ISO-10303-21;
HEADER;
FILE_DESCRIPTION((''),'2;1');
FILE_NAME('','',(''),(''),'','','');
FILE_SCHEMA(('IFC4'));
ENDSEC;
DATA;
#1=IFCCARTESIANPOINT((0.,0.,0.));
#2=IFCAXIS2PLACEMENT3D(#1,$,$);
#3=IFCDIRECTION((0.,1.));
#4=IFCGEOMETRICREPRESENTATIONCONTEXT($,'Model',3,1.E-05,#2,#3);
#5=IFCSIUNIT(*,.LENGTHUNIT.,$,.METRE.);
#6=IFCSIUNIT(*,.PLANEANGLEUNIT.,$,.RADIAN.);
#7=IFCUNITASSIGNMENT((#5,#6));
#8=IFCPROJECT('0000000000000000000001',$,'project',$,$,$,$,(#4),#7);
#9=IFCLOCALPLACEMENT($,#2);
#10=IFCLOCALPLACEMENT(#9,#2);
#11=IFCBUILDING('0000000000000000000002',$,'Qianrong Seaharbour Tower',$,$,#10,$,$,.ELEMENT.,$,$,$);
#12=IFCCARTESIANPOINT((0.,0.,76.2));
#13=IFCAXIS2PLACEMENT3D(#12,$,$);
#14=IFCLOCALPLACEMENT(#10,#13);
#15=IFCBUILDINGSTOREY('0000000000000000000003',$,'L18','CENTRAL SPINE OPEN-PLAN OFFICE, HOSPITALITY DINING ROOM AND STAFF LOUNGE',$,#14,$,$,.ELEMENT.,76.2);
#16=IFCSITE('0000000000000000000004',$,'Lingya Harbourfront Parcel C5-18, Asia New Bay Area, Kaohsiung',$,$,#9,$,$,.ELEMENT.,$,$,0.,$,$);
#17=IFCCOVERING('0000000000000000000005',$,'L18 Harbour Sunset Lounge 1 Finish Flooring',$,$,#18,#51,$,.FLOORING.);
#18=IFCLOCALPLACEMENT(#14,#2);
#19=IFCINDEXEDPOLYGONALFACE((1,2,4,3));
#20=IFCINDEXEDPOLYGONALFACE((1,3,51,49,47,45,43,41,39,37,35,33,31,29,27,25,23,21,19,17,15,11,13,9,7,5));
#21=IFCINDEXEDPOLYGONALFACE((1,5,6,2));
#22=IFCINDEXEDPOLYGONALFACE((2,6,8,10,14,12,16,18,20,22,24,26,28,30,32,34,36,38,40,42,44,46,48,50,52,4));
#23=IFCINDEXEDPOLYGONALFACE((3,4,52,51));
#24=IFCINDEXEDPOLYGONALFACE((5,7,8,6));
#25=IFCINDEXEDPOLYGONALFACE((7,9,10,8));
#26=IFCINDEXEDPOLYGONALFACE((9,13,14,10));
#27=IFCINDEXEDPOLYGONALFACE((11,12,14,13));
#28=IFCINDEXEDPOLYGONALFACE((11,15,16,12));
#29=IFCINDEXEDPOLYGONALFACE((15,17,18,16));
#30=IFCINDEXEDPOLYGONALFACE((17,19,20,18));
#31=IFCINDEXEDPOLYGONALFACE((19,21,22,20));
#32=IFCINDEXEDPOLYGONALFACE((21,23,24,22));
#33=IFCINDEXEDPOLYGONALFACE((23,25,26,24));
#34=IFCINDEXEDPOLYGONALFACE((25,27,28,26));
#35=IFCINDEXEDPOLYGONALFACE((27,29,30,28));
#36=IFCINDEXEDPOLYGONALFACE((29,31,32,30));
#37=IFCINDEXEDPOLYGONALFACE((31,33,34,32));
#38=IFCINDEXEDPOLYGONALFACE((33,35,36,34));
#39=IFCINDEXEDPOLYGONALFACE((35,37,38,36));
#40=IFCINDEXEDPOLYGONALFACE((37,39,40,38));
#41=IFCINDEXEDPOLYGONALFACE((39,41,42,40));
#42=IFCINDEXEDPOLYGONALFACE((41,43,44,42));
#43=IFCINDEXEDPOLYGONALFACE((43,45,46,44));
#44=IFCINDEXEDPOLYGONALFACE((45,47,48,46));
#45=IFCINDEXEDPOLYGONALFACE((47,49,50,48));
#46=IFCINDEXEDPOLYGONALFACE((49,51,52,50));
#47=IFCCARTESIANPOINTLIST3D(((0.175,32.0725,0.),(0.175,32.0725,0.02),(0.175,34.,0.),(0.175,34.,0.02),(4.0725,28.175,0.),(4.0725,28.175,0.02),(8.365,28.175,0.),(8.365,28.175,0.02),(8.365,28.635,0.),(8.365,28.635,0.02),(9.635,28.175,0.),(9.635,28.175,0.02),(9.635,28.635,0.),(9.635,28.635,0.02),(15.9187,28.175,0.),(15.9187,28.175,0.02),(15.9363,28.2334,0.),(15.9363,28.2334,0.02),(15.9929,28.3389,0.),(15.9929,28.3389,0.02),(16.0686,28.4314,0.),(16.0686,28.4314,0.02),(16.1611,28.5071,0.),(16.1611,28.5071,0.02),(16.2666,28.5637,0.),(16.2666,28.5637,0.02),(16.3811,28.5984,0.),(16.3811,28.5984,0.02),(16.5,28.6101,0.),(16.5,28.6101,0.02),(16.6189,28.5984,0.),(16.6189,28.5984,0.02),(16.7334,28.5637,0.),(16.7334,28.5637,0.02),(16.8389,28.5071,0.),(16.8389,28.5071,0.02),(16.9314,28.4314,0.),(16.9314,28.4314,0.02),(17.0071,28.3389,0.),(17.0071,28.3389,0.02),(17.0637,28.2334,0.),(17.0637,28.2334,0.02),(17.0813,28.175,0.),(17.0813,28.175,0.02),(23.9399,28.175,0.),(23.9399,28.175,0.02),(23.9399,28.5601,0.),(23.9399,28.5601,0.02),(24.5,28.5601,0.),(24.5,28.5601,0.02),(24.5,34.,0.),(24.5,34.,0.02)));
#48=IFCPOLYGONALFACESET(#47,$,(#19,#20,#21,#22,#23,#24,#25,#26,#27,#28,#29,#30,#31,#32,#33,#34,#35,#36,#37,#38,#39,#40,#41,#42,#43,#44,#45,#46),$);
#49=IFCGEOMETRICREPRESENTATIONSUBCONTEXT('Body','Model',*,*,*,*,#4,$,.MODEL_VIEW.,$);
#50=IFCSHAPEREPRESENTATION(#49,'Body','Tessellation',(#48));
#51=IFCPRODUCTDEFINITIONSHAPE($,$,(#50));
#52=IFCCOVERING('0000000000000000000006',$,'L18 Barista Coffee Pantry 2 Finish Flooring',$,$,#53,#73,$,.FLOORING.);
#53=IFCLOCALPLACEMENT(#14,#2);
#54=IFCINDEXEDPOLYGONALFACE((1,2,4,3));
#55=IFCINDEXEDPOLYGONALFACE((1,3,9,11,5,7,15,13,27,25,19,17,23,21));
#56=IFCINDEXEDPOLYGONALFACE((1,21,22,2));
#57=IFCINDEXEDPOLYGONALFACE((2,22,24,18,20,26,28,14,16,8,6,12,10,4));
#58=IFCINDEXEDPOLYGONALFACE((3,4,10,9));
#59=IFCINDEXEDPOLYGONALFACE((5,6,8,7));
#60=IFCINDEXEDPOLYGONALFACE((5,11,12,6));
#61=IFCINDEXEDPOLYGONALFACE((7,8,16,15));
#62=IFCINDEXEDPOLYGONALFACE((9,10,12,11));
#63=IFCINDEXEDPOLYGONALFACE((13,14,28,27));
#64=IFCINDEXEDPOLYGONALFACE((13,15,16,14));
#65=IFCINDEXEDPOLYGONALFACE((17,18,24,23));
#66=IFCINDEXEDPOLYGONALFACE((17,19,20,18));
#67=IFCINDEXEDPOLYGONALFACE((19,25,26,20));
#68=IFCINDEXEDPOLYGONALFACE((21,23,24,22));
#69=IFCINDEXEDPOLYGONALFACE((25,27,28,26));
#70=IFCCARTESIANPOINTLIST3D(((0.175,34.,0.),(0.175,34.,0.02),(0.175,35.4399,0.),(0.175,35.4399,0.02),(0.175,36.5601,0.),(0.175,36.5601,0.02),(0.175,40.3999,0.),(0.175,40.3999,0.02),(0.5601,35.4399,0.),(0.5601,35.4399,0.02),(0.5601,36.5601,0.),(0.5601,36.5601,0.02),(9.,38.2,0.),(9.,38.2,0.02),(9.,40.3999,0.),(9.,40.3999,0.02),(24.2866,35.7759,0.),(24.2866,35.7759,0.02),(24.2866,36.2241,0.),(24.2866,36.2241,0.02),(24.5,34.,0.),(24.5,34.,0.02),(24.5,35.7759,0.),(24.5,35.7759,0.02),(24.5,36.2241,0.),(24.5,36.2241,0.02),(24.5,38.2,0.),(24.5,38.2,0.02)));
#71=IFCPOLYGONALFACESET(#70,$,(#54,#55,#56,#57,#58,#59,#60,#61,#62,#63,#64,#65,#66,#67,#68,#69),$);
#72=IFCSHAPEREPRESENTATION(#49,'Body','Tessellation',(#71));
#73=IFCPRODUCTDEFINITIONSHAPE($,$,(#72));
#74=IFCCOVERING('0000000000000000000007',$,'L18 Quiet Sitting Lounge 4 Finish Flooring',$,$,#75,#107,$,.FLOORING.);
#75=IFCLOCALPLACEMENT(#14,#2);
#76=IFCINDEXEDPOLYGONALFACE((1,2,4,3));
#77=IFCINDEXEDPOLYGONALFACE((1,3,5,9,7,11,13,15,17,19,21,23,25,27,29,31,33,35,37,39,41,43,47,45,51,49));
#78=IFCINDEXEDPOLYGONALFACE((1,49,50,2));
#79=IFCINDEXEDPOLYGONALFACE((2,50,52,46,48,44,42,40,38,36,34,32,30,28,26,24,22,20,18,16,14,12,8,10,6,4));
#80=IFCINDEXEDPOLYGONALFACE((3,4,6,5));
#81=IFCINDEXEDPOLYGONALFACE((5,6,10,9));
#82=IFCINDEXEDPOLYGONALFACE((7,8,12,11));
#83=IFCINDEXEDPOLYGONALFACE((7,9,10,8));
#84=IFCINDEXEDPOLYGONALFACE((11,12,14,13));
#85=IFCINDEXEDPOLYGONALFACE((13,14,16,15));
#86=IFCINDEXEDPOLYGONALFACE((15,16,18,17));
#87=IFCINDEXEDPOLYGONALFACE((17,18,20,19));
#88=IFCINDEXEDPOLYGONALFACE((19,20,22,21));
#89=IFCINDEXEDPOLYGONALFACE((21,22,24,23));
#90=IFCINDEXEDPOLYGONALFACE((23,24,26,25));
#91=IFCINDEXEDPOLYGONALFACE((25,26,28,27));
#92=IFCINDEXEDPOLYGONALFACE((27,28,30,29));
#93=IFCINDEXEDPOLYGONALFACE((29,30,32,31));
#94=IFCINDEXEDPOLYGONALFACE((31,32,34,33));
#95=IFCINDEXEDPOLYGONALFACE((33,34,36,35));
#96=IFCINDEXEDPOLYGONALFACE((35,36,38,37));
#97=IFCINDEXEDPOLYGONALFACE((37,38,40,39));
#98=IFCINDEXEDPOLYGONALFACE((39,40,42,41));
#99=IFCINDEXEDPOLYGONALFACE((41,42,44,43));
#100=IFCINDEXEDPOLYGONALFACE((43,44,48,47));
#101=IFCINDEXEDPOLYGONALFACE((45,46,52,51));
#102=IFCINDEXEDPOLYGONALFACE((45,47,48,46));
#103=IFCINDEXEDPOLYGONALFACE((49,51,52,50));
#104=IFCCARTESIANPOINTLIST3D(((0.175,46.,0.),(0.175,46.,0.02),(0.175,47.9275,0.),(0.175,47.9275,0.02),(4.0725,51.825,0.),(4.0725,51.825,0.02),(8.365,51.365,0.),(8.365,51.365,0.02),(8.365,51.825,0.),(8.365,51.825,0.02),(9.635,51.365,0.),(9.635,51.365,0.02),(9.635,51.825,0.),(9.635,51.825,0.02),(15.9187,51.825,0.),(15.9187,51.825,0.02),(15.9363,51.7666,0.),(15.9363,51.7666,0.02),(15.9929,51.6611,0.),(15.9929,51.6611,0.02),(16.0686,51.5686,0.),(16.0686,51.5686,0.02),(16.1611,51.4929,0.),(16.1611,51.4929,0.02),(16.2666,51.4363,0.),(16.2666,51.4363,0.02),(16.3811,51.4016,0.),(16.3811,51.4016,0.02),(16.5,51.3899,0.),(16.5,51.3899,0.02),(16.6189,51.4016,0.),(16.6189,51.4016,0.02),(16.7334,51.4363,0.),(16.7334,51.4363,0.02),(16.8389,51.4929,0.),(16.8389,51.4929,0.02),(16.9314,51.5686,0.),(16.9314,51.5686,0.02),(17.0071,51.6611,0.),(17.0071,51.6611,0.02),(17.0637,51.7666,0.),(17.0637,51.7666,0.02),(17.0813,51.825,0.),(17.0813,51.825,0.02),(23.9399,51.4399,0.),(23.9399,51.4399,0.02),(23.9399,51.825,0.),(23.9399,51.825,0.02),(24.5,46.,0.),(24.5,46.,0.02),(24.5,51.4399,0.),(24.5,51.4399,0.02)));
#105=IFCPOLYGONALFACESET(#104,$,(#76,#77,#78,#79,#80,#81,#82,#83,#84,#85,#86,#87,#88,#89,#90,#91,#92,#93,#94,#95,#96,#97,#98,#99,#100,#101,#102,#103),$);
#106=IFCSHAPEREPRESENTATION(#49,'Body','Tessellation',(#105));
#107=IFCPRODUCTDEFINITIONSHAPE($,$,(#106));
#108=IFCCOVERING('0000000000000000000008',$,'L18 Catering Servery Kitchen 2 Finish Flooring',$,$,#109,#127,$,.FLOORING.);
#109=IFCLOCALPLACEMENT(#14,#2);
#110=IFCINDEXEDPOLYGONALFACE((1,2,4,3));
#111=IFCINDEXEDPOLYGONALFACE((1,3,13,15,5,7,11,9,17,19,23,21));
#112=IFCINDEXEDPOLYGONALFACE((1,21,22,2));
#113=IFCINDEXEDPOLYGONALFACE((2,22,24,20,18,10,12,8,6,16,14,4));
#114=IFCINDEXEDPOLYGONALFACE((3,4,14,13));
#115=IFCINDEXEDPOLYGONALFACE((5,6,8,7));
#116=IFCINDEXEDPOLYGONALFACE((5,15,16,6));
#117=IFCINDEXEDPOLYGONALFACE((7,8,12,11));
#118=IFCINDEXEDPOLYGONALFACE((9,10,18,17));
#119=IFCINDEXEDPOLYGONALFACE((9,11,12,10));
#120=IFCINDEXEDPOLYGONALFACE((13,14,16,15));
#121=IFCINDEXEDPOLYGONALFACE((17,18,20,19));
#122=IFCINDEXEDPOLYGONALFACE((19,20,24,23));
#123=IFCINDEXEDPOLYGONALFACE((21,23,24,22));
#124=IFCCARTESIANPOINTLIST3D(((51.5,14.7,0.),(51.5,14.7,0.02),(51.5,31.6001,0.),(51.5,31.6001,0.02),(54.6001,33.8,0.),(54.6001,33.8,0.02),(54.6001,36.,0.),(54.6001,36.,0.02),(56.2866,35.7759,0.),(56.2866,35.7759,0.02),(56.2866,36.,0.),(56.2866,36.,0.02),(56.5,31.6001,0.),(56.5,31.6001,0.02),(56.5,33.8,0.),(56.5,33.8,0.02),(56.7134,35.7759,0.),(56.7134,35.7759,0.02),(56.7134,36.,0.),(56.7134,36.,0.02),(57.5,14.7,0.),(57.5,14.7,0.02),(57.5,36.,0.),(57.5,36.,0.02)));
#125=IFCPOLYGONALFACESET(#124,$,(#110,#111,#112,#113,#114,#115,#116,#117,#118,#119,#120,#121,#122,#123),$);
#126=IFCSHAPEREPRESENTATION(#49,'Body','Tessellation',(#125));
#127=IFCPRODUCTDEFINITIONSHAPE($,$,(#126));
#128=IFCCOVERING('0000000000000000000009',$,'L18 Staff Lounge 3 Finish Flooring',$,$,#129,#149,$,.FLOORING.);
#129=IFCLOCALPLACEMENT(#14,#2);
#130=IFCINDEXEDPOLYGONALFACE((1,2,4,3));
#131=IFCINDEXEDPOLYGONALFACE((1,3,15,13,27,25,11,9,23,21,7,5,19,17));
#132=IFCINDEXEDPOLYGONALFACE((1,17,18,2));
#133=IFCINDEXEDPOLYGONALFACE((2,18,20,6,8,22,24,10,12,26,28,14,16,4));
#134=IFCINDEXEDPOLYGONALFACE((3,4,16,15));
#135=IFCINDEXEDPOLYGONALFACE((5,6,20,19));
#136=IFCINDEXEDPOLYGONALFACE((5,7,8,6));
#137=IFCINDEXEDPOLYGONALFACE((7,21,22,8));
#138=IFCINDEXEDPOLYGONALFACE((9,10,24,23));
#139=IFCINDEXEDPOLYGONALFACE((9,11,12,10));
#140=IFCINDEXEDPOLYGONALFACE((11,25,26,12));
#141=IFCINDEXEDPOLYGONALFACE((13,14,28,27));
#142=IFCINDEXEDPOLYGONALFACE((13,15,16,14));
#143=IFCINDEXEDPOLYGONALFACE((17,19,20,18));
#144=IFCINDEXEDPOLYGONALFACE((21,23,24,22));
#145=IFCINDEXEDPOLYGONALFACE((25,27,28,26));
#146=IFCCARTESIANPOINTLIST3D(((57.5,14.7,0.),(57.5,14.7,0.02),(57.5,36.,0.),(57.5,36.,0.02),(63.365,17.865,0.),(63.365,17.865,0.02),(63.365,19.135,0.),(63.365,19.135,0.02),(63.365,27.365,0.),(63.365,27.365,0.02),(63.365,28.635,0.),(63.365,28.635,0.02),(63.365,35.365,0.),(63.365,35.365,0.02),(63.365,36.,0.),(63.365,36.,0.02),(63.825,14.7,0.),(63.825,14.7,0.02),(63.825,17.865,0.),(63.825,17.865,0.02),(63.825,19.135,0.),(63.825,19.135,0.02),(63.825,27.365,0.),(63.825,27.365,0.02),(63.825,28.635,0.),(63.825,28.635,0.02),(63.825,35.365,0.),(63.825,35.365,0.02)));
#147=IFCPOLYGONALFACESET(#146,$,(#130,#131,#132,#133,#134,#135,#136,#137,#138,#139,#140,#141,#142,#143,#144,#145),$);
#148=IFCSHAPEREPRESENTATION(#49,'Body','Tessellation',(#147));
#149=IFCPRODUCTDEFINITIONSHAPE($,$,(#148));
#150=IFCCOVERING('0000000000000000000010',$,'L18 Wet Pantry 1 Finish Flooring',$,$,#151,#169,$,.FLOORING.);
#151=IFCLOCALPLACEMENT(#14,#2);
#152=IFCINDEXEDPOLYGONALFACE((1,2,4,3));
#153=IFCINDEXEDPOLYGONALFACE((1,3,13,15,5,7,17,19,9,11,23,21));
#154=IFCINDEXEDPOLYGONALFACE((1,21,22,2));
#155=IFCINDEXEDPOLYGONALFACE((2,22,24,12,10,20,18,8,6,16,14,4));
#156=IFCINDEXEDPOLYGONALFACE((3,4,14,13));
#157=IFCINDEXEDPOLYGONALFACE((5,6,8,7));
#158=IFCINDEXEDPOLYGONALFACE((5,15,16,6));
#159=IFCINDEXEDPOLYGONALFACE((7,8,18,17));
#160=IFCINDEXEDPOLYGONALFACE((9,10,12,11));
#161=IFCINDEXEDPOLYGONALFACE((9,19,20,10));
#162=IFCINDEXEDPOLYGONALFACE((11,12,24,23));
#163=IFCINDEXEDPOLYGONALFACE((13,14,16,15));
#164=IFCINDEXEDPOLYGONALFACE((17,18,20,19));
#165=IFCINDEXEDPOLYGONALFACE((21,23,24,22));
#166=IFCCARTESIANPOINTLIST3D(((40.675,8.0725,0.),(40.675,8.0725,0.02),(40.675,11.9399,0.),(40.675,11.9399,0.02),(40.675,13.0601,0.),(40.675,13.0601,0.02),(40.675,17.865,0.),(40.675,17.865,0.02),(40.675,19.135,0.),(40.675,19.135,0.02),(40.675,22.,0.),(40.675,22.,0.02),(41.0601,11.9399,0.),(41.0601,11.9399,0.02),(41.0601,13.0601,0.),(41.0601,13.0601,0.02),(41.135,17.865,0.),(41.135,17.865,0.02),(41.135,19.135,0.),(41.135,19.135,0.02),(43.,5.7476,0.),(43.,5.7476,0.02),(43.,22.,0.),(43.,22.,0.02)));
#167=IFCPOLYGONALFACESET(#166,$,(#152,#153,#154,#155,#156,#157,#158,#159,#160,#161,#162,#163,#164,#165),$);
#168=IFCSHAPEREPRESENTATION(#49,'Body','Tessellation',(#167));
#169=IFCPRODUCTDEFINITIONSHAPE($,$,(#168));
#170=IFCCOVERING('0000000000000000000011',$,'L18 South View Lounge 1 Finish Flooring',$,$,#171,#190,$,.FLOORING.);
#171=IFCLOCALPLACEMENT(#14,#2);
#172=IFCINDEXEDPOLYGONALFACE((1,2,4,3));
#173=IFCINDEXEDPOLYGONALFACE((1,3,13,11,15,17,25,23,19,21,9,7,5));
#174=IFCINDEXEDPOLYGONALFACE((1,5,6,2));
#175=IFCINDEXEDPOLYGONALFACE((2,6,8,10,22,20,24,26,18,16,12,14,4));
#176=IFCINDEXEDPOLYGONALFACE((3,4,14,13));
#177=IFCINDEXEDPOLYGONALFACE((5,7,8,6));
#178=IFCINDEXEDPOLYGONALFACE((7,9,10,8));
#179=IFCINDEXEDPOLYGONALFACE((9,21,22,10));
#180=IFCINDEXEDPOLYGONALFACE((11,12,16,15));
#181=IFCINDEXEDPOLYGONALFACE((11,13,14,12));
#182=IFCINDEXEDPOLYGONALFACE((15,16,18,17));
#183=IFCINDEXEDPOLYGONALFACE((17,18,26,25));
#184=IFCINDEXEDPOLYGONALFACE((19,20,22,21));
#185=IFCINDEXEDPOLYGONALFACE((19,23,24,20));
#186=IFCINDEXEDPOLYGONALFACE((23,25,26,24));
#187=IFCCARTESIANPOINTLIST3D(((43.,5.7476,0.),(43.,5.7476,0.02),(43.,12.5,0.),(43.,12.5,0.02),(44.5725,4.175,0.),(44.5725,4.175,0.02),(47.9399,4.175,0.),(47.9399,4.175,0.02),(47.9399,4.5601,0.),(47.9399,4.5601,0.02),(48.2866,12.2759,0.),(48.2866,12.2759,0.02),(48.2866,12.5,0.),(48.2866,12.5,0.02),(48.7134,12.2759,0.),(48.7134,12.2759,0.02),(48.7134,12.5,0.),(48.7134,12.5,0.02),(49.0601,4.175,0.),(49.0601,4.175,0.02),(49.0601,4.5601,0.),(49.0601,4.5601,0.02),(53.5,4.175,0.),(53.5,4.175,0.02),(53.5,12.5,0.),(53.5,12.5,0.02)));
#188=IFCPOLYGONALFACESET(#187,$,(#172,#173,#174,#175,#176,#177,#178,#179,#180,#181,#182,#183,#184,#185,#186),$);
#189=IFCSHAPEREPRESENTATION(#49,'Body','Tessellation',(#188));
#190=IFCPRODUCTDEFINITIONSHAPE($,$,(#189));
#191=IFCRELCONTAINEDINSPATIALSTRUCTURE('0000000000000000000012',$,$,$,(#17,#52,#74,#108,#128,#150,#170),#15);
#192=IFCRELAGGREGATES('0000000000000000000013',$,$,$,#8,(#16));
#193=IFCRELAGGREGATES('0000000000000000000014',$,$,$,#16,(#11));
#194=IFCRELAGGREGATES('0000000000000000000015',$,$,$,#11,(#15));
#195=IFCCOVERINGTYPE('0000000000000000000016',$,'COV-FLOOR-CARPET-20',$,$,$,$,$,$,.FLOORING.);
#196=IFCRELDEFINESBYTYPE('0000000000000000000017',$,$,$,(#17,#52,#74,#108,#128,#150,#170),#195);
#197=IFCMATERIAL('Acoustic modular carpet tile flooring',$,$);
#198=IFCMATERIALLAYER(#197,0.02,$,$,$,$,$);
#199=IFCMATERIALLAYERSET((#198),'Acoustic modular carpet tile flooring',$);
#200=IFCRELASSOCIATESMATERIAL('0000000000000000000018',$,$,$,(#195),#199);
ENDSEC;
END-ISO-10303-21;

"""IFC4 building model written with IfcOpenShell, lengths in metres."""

from ifc_helpers import new_model, si_unit, direction, frame, origin, place, context, subcontext, project, spatial, polyline, outline, extrude, material, layer, layer_set, type_object, element, save


model = new_model("IFC4")

# Units and contexts
model_context = context("Model", 3, precision=1e-05, world=origin(), true_north=direction((0.0, 1.0)))
body_context = subcontext(model_context, "Body", "Model", "MODEL_VIEW")
ifc_project = project(units=[si_unit("LENGTHUNIT", "METRE"), si_unit("PLANEANGLEUNIT", "RADIAN")], contexts=[model_context])

# Site, building, storey
site_placement = place(None, origin())
site = spatial("IfcSite", under=ifc_project, at=site_placement, Name="Lingya Harbourfront Parcel C5-18, Asia New Bay Area, Kaohsiung", CompositionType="ELEMENT", RefElevation=0.0)
building_placement = place(site_placement, origin())
building = spatial("IfcBuilding", under=site, at=building_placement, Name="Qianrong Seaharbour Tower", CompositionType="ELEMENT")
storey_placement = place(building_placement, frame((0.0, 0.0, 76.2)))
storey = spatial("IfcBuildingStorey", under=building, at=storey_placement, Name="L18", Description="CENTRAL SPINE OPEN-PLAN OFFICE, HOSPITALITY DINING ROOM AND STAFF LOUNGE", CompositionType="ELEMENT", Elevation=76.2)

# Coverings
ifc_material_1 = material(Name="Acoustic modular carpet tile flooring")
ifc_layer_1 = layer(ifc_material_1, 0.02)
ifc_layer_set_1 = layer_set([ifc_layer_1], Name="Acoustic modular carpet tile flooring")
covering_type_1 = type_object("IfcCoveringType", Name="COV-FLOOR-CARPET-20", PredefinedType="FLOORING", material=ifc_layer_set_1)
covering_1_placement = place(storey_placement, origin())
element("IfcCovering", 1, at=covering_1_placement, inside=storey, type_object=covering_type_1, Name="L18 Harbour Sunset Lounge 1 Finish Flooring", PredefinedType="FLOORING", context=body_context, shape_type="SweptSolid", body=[
    extrude(outline(polyline([(17.0813, 28.175), (17.0637, 28.2334), (17.0071, 28.3389), (16.9314, 28.4314), (16.8389, 28.5071), (16.7334, 28.5637), (16.6189, 28.5984), (16.5, 28.6101), (16.3811, 28.5984), (16.2666, 28.5637), (16.1611, 28.5071), (16.0686, 28.4314), (15.9929, 28.3389), (15.9363, 28.2334), (15.9187, 28.175), (9.635, 28.175), (9.635, 28.635), (8.365, 28.635), (8.365, 28.175), (4.0725, 28.175), (0.175, 32.0725), (0.175, 34.0), (24.5, 34.0), (24.5, 28.5601), (23.9399, 28.5601), (23.9399, 28.175), (17.0813, 28.175)])), origin(), (0.0, 0.0, 1.0), 0.02),
])
covering_2_placement = place(storey_placement, origin())
element("IfcCovering", 2, at=covering_2_placement, inside=storey, type_object=covering_type_1, Name="L18 Barista Coffee Pantry 2 Finish Flooring", PredefinedType="FLOORING", context=body_context, shape_type="SweptSolid", body=[
    extrude(outline(polyline([(0.175, 34.0), (0.175, 35.4399), (0.5601, 35.4399), (0.5601, 36.5601), (0.175, 36.5601), (0.175, 40.3999), (9.0, 40.3999), (9.0, 38.2), (24.5, 38.2), (24.5, 36.2241), (24.2866, 36.2241), (24.2866, 35.7759), (24.5, 35.7759), (24.5, 34.0), (0.175, 34.0)])), origin(), (0.0, 0.0, 1.0), 0.02),
])
covering_3_placement = place(storey_placement, origin())
element("IfcCovering", 3, at=covering_3_placement, inside=storey, type_object=covering_type_1, Name="L18 Quiet Sitting Lounge 4 Finish Flooring", PredefinedType="FLOORING", context=body_context, shape_type="SweptSolid", body=[
    extrude(outline(polyline([(0.175, 47.9275), (4.0725, 51.825), (8.365, 51.825), (8.365, 51.365), (9.635, 51.365), (9.635, 51.825), (15.9187, 51.825), (15.9363, 51.7666), (15.9929, 51.6611), (16.0686, 51.5686), (16.1611, 51.4929), (16.2666, 51.4363), (16.3811, 51.4016), (16.5, 51.3899), (16.6189, 51.4016), (16.7334, 51.4363), (16.8389, 51.4929), (16.9314, 51.5686), (17.0071, 51.6611), (17.0637, 51.7666), (17.0813, 51.825), (23.9399, 51.825), (23.9399, 51.4399), (24.5, 51.4399), (24.5, 46.0), (0.175, 46.0), (0.175, 47.9275)])), origin(), (0.0, 0.0, 1.0), 0.02),
])
covering_4_placement = place(storey_placement, origin())
element("IfcCovering", 4, at=covering_4_placement, inside=storey, type_object=covering_type_1, Name="L18 Catering Servery Kitchen 2 Finish Flooring", PredefinedType="FLOORING", context=body_context, shape_type="SweptSolid", body=[
    extrude(outline(polyline([(56.5, 31.6001), (56.5, 33.8), (54.6001, 33.8), (54.6001, 36.0), (56.2866, 36.0), (56.2866, 35.7759), (56.7134, 35.7759), (56.7134, 36.0), (57.5, 36.0), (57.5, 14.7), (51.5, 14.7), (51.5, 31.6001), (56.5, 31.6001)])), origin(), (0.0, 0.0, 1.0), 0.02),
])
covering_5_placement = place(storey_placement, origin())
element("IfcCovering", 5, at=covering_5_placement, inside=storey, type_object=covering_type_1, Name="L18 Staff Lounge 3 Finish Flooring", PredefinedType="FLOORING", context=body_context, shape_type="SweptSolid", body=[
    extrude(outline(polyline([(63.365, 36.0), (63.365, 35.365), (63.825, 35.365), (63.825, 28.635), (63.365, 28.635), (63.365, 27.365), (63.825, 27.365), (63.825, 19.135), (63.365, 19.135), (63.365, 17.865), (63.825, 17.865), (63.825, 14.7), (57.5, 14.7), (57.5, 36.0), (63.365, 36.0)])), origin(), (0.0, 0.0, 1.0), 0.02),
])
covering_6_placement = place(storey_placement, origin())
element("IfcCovering", 6, at=covering_6_placement, inside=storey, type_object=covering_type_1, Name="L18 Wet Pantry 1 Finish Flooring", PredefinedType="FLOORING", context=body_context, shape_type="SweptSolid", body=[
    extrude(outline(polyline([(40.675, 8.0725), (40.675, 11.9399), (41.0601, 11.9399), (41.0601, 13.0601), (40.675, 13.0601), (40.675, 17.865), (41.135, 17.865), (41.135, 19.135), (40.675, 19.135), (40.675, 22.0), (43.0, 22.0), (43.0, 5.7476), (40.675, 8.0725)])), origin(), (0.0, 0.0, 1.0), 0.02),
])
covering_7_placement = place(storey_placement, origin())
element("IfcCovering", 7, at=covering_7_placement, inside=storey, type_object=covering_type_1, Name="L18 South View Lounge 1 Finish Flooring", PredefinedType="FLOORING", context=body_context, shape_type="SweptSolid", body=[
    extrude(outline(polyline([(53.5, 4.175), (49.0601, 4.175), (49.0601, 4.5601), (47.9399, 4.5601), (47.9399, 4.175), (44.5725, 4.175), (43.0, 5.7476), (43.0, 12.5), (48.2866, 12.5), (48.2866, 12.2759), (48.7134, 12.2759), (48.7134, 12.5), (53.5, 12.5), (53.5, 4.175)])), origin(), (0.0, 0.0, 1.0), 0.02),
])

save(model, "model.ifc")
